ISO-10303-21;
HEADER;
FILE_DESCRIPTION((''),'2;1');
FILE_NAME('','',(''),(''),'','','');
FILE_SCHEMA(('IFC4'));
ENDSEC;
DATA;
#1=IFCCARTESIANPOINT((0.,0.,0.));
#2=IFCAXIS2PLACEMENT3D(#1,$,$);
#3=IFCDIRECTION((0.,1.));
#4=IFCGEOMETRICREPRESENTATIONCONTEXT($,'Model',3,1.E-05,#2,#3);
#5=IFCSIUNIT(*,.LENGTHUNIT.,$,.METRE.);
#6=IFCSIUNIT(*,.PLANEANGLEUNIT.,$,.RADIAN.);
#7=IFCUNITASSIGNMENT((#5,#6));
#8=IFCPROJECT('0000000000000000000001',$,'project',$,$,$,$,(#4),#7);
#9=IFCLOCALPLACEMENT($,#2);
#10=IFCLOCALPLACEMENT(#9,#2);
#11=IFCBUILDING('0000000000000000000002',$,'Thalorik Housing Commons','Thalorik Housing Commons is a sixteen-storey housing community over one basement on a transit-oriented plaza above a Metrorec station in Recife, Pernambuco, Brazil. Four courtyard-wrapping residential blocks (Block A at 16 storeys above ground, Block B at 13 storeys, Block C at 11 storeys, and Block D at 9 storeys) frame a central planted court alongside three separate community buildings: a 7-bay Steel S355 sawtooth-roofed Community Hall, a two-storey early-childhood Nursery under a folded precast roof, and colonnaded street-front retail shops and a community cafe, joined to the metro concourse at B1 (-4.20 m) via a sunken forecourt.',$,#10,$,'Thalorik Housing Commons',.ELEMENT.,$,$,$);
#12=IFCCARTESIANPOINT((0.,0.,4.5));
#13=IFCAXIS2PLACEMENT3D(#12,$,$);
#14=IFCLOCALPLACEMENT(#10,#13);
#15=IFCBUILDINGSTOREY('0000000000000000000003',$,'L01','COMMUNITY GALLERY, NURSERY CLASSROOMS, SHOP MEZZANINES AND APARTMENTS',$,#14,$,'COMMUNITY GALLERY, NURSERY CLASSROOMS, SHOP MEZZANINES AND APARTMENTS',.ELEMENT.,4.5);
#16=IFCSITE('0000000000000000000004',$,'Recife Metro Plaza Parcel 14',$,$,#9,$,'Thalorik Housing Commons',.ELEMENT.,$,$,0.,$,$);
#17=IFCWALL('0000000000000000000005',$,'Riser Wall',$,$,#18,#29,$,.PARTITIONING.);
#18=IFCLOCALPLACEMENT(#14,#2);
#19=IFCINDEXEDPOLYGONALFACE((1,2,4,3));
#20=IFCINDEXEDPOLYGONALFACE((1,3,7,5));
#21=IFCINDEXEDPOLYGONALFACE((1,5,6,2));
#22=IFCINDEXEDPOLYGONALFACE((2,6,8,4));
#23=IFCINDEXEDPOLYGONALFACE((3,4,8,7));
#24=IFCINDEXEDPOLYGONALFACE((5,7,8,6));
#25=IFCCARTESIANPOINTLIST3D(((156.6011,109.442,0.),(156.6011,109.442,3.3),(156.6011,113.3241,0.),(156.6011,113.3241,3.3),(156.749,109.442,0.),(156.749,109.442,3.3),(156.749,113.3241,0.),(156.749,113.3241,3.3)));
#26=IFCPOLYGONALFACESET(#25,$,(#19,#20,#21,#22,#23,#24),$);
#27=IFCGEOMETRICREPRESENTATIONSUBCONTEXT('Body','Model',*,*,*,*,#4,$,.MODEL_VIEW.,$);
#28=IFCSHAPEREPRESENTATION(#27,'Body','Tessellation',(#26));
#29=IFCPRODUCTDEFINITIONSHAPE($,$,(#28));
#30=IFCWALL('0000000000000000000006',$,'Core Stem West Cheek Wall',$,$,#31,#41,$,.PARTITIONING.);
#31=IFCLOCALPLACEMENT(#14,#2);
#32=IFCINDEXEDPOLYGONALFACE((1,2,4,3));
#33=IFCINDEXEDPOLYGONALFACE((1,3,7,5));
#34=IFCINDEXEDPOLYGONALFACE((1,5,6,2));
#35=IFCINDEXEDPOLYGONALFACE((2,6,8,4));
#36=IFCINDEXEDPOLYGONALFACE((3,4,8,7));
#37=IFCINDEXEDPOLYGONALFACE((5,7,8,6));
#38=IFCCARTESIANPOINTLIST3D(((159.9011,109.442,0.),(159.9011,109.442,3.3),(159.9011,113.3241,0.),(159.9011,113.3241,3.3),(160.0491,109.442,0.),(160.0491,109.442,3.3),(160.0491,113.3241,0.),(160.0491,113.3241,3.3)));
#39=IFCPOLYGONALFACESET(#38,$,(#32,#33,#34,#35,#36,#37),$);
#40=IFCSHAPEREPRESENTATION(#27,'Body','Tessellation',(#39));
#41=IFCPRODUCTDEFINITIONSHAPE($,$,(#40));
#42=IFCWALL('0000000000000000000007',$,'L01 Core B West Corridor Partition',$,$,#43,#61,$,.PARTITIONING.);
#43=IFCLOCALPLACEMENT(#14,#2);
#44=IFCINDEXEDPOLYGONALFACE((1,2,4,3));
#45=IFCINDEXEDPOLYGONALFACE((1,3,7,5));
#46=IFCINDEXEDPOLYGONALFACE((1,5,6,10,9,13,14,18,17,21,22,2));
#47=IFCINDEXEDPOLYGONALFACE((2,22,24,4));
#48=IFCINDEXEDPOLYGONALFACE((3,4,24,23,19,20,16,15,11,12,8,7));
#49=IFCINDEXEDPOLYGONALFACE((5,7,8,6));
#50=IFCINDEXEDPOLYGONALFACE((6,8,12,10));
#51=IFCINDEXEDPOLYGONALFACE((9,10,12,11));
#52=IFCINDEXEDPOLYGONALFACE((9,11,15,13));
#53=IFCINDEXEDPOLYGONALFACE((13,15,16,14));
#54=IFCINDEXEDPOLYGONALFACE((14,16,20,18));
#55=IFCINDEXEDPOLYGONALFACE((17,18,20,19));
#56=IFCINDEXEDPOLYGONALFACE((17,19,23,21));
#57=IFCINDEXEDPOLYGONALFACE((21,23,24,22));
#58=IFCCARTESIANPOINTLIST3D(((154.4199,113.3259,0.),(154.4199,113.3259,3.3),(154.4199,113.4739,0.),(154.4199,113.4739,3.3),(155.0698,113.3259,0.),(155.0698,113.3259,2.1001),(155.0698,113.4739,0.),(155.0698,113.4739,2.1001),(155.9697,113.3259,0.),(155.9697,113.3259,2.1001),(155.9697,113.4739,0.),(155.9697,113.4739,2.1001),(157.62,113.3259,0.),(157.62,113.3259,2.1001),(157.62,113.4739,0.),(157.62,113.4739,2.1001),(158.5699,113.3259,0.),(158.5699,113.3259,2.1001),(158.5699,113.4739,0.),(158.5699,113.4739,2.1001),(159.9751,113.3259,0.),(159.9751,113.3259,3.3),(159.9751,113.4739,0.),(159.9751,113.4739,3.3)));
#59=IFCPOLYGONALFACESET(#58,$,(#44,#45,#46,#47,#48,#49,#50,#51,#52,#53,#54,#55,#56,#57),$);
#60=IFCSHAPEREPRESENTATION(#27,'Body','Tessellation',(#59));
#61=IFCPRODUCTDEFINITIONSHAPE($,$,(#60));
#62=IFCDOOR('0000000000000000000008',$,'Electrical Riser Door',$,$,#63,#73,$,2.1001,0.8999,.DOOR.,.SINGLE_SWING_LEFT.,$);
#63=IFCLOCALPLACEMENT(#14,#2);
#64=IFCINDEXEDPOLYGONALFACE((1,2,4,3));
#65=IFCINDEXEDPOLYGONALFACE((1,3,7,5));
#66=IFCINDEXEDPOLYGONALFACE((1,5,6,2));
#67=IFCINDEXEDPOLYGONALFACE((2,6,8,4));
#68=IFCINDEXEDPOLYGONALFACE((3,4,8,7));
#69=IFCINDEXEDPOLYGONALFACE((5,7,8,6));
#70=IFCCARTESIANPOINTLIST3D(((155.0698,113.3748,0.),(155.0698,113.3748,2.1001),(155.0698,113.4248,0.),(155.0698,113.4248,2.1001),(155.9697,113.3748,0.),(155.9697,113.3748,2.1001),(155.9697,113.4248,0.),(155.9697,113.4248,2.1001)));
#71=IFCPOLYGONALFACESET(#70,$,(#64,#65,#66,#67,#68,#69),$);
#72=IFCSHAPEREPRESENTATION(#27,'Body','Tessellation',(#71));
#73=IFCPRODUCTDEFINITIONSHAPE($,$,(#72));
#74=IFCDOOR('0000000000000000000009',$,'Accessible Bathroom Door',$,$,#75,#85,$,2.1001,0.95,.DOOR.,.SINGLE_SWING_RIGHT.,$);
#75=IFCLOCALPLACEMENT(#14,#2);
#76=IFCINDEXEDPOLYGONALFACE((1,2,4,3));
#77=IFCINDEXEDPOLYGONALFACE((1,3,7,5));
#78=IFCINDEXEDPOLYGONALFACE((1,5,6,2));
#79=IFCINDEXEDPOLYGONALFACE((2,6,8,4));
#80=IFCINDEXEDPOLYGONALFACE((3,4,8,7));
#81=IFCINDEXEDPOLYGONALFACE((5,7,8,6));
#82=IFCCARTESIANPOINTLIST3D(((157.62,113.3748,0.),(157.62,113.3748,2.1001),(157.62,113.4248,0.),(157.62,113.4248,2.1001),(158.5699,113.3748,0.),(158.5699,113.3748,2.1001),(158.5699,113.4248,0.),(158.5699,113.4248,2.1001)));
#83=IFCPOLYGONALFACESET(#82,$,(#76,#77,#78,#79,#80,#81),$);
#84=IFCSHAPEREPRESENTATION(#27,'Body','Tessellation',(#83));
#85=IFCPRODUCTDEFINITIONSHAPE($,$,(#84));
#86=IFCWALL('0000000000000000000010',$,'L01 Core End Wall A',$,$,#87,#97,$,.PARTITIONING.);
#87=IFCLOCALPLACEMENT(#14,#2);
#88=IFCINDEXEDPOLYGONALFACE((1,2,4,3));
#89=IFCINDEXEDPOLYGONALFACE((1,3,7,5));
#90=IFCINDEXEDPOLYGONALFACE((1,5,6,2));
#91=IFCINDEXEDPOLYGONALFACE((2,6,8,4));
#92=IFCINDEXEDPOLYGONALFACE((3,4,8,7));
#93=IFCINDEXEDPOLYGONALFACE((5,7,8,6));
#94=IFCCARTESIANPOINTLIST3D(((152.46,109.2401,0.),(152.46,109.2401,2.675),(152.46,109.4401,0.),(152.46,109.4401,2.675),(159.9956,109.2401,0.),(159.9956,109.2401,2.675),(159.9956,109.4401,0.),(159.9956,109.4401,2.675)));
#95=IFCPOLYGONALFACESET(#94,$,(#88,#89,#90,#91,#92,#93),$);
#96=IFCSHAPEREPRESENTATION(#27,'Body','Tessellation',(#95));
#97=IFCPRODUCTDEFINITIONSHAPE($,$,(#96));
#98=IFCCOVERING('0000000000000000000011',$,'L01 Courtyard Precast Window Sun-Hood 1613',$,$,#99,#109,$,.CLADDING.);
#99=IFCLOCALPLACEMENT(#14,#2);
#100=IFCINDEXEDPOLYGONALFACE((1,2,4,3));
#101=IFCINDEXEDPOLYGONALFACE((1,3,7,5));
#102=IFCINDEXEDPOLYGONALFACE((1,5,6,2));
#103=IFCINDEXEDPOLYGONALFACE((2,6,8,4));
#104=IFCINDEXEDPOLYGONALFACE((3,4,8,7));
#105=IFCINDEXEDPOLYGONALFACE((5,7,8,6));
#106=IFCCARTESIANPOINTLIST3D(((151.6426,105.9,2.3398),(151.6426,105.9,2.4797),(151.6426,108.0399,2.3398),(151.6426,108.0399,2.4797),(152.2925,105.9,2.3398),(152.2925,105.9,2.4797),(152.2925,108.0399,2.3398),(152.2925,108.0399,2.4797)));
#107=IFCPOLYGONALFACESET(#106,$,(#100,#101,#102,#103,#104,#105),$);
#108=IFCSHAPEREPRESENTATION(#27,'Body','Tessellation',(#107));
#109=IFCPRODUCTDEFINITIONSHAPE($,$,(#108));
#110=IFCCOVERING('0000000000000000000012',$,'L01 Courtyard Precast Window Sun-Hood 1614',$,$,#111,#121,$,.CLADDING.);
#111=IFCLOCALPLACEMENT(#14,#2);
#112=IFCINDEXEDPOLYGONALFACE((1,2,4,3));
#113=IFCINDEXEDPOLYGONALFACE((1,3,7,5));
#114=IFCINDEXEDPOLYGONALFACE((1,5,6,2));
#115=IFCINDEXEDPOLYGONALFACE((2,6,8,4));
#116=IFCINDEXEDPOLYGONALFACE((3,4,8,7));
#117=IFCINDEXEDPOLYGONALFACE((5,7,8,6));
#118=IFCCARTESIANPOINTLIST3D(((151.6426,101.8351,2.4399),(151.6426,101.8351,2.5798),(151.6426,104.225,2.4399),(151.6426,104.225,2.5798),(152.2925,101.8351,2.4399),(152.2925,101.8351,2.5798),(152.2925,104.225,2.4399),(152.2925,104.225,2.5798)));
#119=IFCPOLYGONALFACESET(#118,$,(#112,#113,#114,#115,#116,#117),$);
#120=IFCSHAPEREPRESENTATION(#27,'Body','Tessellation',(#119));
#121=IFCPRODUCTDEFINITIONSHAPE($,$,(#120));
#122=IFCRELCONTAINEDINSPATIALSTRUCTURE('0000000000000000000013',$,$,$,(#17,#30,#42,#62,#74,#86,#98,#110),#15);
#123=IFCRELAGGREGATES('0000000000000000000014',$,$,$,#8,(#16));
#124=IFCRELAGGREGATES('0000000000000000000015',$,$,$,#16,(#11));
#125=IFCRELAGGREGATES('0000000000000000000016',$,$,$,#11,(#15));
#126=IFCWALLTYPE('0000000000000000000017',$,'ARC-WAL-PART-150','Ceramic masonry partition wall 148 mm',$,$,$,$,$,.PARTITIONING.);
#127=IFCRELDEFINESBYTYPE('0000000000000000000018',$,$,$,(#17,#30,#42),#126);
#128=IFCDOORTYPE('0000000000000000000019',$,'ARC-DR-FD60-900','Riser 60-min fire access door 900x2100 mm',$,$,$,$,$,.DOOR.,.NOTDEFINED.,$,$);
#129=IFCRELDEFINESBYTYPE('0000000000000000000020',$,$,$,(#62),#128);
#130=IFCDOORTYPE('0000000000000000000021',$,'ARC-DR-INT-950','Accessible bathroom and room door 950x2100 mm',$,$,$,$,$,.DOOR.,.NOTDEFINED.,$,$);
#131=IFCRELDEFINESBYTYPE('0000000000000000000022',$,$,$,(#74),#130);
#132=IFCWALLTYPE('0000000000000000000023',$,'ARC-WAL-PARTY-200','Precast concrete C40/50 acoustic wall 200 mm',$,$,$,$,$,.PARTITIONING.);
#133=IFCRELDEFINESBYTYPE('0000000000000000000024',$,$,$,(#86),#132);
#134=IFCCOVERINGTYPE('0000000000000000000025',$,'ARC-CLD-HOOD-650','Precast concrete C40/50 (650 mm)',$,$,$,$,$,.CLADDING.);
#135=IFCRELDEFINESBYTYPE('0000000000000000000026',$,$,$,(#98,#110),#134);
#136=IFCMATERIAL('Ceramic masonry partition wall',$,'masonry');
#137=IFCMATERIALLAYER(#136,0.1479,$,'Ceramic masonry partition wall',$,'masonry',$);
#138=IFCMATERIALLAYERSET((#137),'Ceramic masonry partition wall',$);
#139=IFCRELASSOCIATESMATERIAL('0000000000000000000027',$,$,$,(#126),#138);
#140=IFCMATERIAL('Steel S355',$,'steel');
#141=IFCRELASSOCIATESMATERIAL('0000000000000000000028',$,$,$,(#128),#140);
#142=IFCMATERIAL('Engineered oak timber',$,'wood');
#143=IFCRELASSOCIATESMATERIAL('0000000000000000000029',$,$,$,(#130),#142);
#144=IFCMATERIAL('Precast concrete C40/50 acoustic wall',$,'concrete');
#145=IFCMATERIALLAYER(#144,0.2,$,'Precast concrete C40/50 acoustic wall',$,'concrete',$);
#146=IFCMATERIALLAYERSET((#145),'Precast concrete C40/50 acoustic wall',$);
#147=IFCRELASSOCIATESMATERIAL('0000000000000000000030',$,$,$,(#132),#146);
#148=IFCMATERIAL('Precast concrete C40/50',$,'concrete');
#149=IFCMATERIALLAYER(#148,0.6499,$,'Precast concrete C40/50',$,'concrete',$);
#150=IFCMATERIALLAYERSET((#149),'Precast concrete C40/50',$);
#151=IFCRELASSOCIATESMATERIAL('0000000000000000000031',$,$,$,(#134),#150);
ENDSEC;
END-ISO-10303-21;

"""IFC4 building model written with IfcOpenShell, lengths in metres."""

from ifc_helpers import new_model, si_unit, direction, frame, frame_2d, origin, origin_2d, place, context, subcontext, project, spatial, rectangle, extrude, material, layer, layer_set, type_object, element, fill, save


model = new_model("IFC4")

# Units and contexts
model_context = context("Model", 3, precision=1e-05, world=origin(), true_north=direction((0.0, 1.0)))
body_context = subcontext(model_context, "Body", "Model", "MODEL_VIEW")
ifc_project = project(units=[si_unit("LENGTHUNIT", "METRE"), si_unit("PLANEANGLEUNIT", "RADIAN")], contexts=[model_context])

# Site, building, storey
site_placement = place(None, origin())
site = spatial("IfcSite", under=ifc_project, at=site_placement, Name="Recife Metro Plaza Parcel 14", LongName="Thalorik Housing Commons", CompositionType="ELEMENT", RefElevation=0.0)
building_placement = place(site_placement, origin())
building = spatial("IfcBuilding", under=site, at=building_placement, Name="Thalorik Housing Commons", Description="Thalorik Housing Commons is a sixteen-storey housing community over one basement on a transit-oriented plaza above a Metrorec station in Recife, Pernambuco, Brazil. Four courtyard-wrapping residential blocks (Block A at 16 storeys above ground, Block B at 13 storeys, Block C at 11 storeys, and Block D at 9 storeys) frame a central planted court alongside three separate community buildings: a 7-bay Steel S355 sawtooth-roofed Community Hall, a two-storey early-childhood Nursery under a folded precast roof, and colonnaded street-front retail shops and a community cafe, joined to the metro concourse at B1 (-4.20 m) via a sunken forecourt.", LongName="Thalorik Housing Commons", CompositionType="ELEMENT")
storey_placement = place(building_placement, frame((0.0, 0.0, 4.5)))
storey = spatial("IfcBuildingStorey", under=building, at=storey_placement, Name="L01", Description="COMMUNITY GALLERY, NURSERY CLASSROOMS, SHOP MEZZANINES AND APARTMENTS", LongName="COMMUNITY GALLERY, NURSERY CLASSROOMS, SHOP MEZZANINES AND APARTMENTS", CompositionType="ELEMENT", Elevation=4.5)

# Shared definitions
ifc_material_1 = material(Name="Precast concrete C40/50", Category="concrete")

# Walls
ifc_material_2 = material(Name="Ceramic masonry partition wall", Category="masonry")
ifc_layer_1 = layer(ifc_material_2, 0.1479, Name="Ceramic masonry partition wall", Category="masonry")
ifc_layer_set_1 = layer_set([ifc_layer_1], Name="Ceramic masonry partition wall")
wall_type_1 = type_object("IfcWallType", Name="ARC-WAL-PART-150", Description="Ceramic masonry partition wall 148 mm", PredefinedType="PARTITIONING", material=ifc_layer_set_1)
for number, where, z_axis, x_axis, name in (
    (1, (156.675, 113.324, 0.0), (0.0, 0.0, 1.0), (0.0, -1.0, 0.0), "Riser Wall"),
    (2, (159.9751, 113.324, 0.0), (0.0, 0.0, 1.0), (0.0, -1.0, 0.0), "Core Stem West Cheek Wall"),
):
    element("IfcWall", number, at=place(storey_placement, frame(where, z_axis=z_axis, x_axis=x_axis)), inside=storey, type_object=wall_type_1, Name=name, PredefinedType="PARTITIONING", context=body_context, shape_type="SweptSolid", body=[
        extrude(rectangle(XDim=3.8821, YDim=0.1479, at=frame_2d((1.9409, 0.0))), origin(), (0.0, 0.0, 1.0), 3.3),
    ])

# Wall, openings, doors
wall_1_placement = place(storey_placement, frame((154.4199, 113.3999, 0.0), z_axis=(0.0, 0.0, 1.0), x_axis=(1.0, 0.0, 0.0)))
wall_1 = element("IfcWall", 3, at=wall_1_placement, inside=storey, type_object=wall_type_1, Name="L01 Core B West Corridor Partition", PredefinedType="PARTITIONING", context=body_context, shape_type="SweptSolid", body=[
    extrude(rectangle(XDim=5.5552, YDim=0.1479, at=frame_2d((2.7776, 0.0))), origin(), (0.0, 0.0, 1.0), 3.3),
])
opening_1_placement = place(wall_1_placement, frame((0.6499, 0.0, 0.0)))
opening_1 = element("IfcOpeningElement", 4, at=opening_1_placement, cuts=wall_1, PredefinedType="OPENING", context=body_context, shape_type="SweptSolid", body=[
    extrude(rectangle(XDim=0.8999, YDim=2.1001, at=frame_2d((0.45, 1.05))), frame((0.0, 0.084, 0.0), z_axis=(0.0, -1.0, 0.0), x_axis=(1.0, 0.0, 0.0)), (0.0, 0.0, 1.0), 0.168),
])
opening_2_placement = place(wall_1_placement, frame((3.2, 0.0, 0.0)))
opening_2 = element("IfcOpeningElement", 5, at=opening_2_placement, cuts=wall_1, PredefinedType="OPENING", context=body_context, shape_type="SweptSolid", body=[
    extrude(rectangle(XDim=0.95, YDim=2.1001, at=frame_2d((0.4751, 1.05))), frame((0.0, 0.084, 0.0), z_axis=(0.0, -1.0, 0.0), x_axis=(1.0, 0.0, 0.0)), (0.0, 0.0, 1.0), 0.168),
])
ifc_material_3 = material(Name="Steel S355", Category="steel")
door_type_1 = type_object("IfcDoorType", Name="ARC-DR-FD60-900", Description="Riser 60-min fire access door 900x2100 mm", OperationType="NOTDEFINED", PredefinedType="DOOR", material=ifc_material_3)
door_1_placement = place(opening_1_placement, origin())
door_1 = element("IfcDoor", 6, at=door_1_placement, inside=storey, type_object=door_type_1, Name="Electrical Riser Door", OperationType="SINGLE_SWING_LEFT", OverallHeight=2.1001, OverallWidth=0.8999, PredefinedType="DOOR", context=body_context, shape_type="SweptSolid", body=[
    extrude(rectangle(XDim=0.8999, YDim=2.1001, at=frame_2d((0.45, 1.05))), frame((0.0, 0.0249, 0.0), z_axis=(0.0, -1.0, 0.0), x_axis=(1.0, 0.0, 0.0)), (0.0, 0.0, 1.0), 0.05),
])
fill(opening_1, door_1)
ifc_material_4 = material(Name="Engineered oak timber", Category="wood")
door_type_2 = type_object("IfcDoorType", Name="ARC-DR-INT-950", Description="Accessible bathroom and room door 950x2100 mm", OperationType="NOTDEFINED", PredefinedType="DOOR", material=ifc_material_4)
door_2_placement = place(opening_2_placement, origin())
door_2 = element("IfcDoor", 7, at=door_2_placement, inside=storey, type_object=door_type_2, Name="Accessible Bathroom Door", OperationType="SINGLE_SWING_RIGHT", OverallHeight=2.1001, OverallWidth=0.95, PredefinedType="DOOR", context=body_context, shape_type="SweptSolid", body=[
    extrude(rectangle(XDim=0.95, YDim=2.1001, at=frame_2d((0.4751, 1.05))), frame((0.0, 0.0249, 0.0), z_axis=(0.0, -1.0, 0.0), x_axis=(1.0, 0.0, 0.0)), (0.0, 0.0, 1.0), 0.05),
])
fill(opening_2, door_2)

# Wall
ifc_material_5 = material(Name="Precast concrete C40/50 acoustic wall", Category="concrete")
ifc_layer_2 = layer(ifc_material_5, 0.2, Name="Precast concrete C40/50 acoustic wall", Category="concrete")
ifc_layer_set_2 = layer_set([ifc_layer_2], Name="Precast concrete C40/50 acoustic wall")
wall_type_2 = type_object("IfcWallType", Name="ARC-WAL-PARTY-200", Description="Precast concrete C40/50 acoustic wall 200 mm", PredefinedType="PARTITIONING", material=ifc_layer_set_2)
wall_2_placement = place(storey_placement, frame((152.46, 109.3401, 0.0), z_axis=(0.0, 0.0, 1.0), x_axis=(1.0, 0.0, 0.0)))
element("IfcWall", 8, at=wall_2_placement, inside=storey, type_object=wall_type_2, Name="L01 Core End Wall A", PredefinedType="PARTITIONING", context=body_context, shape_type="SweptSolid", body=[
    extrude(rectangle(XDim=7.5356, YDim=0.2, at=frame_2d((3.7678, 0.0))), origin(), (0.0, 0.0, 1.0), 2.675),
])

# Coverings
ifc_layer_3 = layer(ifc_material_1, 0.6499, Name="Precast concrete C40/50", Category="concrete")
ifc_layer_set_3 = layer_set([ifc_layer_3], Name="Precast concrete C40/50")
covering_type = type_object("IfcCoveringType", Name="ARC-CLD-HOOD-650", Description="Precast concrete C40/50 (650 mm)", PredefinedType="CLADDING", material=ifc_layer_set_3)
covering_1_placement = place(storey_placement, frame((151.9675, 106.97, 2.3398), z_axis=(0.0, 0.0, 1.0), x_axis=(0.0, -1.0, 0.0)))
element("IfcCovering", 9, at=covering_1_placement, inside=storey, type_object=covering_type, Name="L01 Courtyard Precast Window Sun-Hood 1613", PredefinedType="CLADDING", context=body_context, shape_type="SweptSolid", body=[
    extrude(rectangle(XDim=2.1399, YDim=0.6499, at=origin_2d()), origin(), (0.0, 0.0, 1.0), 0.1399),
])
covering_2_placement = place(storey_placement, frame((151.9675, 103.03, 2.4399), z_axis=(0.0, 0.0, 1.0), x_axis=(0.0, -1.0, 0.0)))
element("IfcCovering", 10, at=covering_2_placement, inside=storey, type_object=covering_type, Name="L01 Courtyard Precast Window Sun-Hood 1614", PredefinedType="CLADDING", context=body_context, shape_type="SweptSolid", body=[
    extrude(rectangle(XDim=2.3899, YDim=0.6499, at=origin_2d()), origin(), (0.0, 0.0, 1.0), 0.1399),
])

save(model, "model.ifc")
